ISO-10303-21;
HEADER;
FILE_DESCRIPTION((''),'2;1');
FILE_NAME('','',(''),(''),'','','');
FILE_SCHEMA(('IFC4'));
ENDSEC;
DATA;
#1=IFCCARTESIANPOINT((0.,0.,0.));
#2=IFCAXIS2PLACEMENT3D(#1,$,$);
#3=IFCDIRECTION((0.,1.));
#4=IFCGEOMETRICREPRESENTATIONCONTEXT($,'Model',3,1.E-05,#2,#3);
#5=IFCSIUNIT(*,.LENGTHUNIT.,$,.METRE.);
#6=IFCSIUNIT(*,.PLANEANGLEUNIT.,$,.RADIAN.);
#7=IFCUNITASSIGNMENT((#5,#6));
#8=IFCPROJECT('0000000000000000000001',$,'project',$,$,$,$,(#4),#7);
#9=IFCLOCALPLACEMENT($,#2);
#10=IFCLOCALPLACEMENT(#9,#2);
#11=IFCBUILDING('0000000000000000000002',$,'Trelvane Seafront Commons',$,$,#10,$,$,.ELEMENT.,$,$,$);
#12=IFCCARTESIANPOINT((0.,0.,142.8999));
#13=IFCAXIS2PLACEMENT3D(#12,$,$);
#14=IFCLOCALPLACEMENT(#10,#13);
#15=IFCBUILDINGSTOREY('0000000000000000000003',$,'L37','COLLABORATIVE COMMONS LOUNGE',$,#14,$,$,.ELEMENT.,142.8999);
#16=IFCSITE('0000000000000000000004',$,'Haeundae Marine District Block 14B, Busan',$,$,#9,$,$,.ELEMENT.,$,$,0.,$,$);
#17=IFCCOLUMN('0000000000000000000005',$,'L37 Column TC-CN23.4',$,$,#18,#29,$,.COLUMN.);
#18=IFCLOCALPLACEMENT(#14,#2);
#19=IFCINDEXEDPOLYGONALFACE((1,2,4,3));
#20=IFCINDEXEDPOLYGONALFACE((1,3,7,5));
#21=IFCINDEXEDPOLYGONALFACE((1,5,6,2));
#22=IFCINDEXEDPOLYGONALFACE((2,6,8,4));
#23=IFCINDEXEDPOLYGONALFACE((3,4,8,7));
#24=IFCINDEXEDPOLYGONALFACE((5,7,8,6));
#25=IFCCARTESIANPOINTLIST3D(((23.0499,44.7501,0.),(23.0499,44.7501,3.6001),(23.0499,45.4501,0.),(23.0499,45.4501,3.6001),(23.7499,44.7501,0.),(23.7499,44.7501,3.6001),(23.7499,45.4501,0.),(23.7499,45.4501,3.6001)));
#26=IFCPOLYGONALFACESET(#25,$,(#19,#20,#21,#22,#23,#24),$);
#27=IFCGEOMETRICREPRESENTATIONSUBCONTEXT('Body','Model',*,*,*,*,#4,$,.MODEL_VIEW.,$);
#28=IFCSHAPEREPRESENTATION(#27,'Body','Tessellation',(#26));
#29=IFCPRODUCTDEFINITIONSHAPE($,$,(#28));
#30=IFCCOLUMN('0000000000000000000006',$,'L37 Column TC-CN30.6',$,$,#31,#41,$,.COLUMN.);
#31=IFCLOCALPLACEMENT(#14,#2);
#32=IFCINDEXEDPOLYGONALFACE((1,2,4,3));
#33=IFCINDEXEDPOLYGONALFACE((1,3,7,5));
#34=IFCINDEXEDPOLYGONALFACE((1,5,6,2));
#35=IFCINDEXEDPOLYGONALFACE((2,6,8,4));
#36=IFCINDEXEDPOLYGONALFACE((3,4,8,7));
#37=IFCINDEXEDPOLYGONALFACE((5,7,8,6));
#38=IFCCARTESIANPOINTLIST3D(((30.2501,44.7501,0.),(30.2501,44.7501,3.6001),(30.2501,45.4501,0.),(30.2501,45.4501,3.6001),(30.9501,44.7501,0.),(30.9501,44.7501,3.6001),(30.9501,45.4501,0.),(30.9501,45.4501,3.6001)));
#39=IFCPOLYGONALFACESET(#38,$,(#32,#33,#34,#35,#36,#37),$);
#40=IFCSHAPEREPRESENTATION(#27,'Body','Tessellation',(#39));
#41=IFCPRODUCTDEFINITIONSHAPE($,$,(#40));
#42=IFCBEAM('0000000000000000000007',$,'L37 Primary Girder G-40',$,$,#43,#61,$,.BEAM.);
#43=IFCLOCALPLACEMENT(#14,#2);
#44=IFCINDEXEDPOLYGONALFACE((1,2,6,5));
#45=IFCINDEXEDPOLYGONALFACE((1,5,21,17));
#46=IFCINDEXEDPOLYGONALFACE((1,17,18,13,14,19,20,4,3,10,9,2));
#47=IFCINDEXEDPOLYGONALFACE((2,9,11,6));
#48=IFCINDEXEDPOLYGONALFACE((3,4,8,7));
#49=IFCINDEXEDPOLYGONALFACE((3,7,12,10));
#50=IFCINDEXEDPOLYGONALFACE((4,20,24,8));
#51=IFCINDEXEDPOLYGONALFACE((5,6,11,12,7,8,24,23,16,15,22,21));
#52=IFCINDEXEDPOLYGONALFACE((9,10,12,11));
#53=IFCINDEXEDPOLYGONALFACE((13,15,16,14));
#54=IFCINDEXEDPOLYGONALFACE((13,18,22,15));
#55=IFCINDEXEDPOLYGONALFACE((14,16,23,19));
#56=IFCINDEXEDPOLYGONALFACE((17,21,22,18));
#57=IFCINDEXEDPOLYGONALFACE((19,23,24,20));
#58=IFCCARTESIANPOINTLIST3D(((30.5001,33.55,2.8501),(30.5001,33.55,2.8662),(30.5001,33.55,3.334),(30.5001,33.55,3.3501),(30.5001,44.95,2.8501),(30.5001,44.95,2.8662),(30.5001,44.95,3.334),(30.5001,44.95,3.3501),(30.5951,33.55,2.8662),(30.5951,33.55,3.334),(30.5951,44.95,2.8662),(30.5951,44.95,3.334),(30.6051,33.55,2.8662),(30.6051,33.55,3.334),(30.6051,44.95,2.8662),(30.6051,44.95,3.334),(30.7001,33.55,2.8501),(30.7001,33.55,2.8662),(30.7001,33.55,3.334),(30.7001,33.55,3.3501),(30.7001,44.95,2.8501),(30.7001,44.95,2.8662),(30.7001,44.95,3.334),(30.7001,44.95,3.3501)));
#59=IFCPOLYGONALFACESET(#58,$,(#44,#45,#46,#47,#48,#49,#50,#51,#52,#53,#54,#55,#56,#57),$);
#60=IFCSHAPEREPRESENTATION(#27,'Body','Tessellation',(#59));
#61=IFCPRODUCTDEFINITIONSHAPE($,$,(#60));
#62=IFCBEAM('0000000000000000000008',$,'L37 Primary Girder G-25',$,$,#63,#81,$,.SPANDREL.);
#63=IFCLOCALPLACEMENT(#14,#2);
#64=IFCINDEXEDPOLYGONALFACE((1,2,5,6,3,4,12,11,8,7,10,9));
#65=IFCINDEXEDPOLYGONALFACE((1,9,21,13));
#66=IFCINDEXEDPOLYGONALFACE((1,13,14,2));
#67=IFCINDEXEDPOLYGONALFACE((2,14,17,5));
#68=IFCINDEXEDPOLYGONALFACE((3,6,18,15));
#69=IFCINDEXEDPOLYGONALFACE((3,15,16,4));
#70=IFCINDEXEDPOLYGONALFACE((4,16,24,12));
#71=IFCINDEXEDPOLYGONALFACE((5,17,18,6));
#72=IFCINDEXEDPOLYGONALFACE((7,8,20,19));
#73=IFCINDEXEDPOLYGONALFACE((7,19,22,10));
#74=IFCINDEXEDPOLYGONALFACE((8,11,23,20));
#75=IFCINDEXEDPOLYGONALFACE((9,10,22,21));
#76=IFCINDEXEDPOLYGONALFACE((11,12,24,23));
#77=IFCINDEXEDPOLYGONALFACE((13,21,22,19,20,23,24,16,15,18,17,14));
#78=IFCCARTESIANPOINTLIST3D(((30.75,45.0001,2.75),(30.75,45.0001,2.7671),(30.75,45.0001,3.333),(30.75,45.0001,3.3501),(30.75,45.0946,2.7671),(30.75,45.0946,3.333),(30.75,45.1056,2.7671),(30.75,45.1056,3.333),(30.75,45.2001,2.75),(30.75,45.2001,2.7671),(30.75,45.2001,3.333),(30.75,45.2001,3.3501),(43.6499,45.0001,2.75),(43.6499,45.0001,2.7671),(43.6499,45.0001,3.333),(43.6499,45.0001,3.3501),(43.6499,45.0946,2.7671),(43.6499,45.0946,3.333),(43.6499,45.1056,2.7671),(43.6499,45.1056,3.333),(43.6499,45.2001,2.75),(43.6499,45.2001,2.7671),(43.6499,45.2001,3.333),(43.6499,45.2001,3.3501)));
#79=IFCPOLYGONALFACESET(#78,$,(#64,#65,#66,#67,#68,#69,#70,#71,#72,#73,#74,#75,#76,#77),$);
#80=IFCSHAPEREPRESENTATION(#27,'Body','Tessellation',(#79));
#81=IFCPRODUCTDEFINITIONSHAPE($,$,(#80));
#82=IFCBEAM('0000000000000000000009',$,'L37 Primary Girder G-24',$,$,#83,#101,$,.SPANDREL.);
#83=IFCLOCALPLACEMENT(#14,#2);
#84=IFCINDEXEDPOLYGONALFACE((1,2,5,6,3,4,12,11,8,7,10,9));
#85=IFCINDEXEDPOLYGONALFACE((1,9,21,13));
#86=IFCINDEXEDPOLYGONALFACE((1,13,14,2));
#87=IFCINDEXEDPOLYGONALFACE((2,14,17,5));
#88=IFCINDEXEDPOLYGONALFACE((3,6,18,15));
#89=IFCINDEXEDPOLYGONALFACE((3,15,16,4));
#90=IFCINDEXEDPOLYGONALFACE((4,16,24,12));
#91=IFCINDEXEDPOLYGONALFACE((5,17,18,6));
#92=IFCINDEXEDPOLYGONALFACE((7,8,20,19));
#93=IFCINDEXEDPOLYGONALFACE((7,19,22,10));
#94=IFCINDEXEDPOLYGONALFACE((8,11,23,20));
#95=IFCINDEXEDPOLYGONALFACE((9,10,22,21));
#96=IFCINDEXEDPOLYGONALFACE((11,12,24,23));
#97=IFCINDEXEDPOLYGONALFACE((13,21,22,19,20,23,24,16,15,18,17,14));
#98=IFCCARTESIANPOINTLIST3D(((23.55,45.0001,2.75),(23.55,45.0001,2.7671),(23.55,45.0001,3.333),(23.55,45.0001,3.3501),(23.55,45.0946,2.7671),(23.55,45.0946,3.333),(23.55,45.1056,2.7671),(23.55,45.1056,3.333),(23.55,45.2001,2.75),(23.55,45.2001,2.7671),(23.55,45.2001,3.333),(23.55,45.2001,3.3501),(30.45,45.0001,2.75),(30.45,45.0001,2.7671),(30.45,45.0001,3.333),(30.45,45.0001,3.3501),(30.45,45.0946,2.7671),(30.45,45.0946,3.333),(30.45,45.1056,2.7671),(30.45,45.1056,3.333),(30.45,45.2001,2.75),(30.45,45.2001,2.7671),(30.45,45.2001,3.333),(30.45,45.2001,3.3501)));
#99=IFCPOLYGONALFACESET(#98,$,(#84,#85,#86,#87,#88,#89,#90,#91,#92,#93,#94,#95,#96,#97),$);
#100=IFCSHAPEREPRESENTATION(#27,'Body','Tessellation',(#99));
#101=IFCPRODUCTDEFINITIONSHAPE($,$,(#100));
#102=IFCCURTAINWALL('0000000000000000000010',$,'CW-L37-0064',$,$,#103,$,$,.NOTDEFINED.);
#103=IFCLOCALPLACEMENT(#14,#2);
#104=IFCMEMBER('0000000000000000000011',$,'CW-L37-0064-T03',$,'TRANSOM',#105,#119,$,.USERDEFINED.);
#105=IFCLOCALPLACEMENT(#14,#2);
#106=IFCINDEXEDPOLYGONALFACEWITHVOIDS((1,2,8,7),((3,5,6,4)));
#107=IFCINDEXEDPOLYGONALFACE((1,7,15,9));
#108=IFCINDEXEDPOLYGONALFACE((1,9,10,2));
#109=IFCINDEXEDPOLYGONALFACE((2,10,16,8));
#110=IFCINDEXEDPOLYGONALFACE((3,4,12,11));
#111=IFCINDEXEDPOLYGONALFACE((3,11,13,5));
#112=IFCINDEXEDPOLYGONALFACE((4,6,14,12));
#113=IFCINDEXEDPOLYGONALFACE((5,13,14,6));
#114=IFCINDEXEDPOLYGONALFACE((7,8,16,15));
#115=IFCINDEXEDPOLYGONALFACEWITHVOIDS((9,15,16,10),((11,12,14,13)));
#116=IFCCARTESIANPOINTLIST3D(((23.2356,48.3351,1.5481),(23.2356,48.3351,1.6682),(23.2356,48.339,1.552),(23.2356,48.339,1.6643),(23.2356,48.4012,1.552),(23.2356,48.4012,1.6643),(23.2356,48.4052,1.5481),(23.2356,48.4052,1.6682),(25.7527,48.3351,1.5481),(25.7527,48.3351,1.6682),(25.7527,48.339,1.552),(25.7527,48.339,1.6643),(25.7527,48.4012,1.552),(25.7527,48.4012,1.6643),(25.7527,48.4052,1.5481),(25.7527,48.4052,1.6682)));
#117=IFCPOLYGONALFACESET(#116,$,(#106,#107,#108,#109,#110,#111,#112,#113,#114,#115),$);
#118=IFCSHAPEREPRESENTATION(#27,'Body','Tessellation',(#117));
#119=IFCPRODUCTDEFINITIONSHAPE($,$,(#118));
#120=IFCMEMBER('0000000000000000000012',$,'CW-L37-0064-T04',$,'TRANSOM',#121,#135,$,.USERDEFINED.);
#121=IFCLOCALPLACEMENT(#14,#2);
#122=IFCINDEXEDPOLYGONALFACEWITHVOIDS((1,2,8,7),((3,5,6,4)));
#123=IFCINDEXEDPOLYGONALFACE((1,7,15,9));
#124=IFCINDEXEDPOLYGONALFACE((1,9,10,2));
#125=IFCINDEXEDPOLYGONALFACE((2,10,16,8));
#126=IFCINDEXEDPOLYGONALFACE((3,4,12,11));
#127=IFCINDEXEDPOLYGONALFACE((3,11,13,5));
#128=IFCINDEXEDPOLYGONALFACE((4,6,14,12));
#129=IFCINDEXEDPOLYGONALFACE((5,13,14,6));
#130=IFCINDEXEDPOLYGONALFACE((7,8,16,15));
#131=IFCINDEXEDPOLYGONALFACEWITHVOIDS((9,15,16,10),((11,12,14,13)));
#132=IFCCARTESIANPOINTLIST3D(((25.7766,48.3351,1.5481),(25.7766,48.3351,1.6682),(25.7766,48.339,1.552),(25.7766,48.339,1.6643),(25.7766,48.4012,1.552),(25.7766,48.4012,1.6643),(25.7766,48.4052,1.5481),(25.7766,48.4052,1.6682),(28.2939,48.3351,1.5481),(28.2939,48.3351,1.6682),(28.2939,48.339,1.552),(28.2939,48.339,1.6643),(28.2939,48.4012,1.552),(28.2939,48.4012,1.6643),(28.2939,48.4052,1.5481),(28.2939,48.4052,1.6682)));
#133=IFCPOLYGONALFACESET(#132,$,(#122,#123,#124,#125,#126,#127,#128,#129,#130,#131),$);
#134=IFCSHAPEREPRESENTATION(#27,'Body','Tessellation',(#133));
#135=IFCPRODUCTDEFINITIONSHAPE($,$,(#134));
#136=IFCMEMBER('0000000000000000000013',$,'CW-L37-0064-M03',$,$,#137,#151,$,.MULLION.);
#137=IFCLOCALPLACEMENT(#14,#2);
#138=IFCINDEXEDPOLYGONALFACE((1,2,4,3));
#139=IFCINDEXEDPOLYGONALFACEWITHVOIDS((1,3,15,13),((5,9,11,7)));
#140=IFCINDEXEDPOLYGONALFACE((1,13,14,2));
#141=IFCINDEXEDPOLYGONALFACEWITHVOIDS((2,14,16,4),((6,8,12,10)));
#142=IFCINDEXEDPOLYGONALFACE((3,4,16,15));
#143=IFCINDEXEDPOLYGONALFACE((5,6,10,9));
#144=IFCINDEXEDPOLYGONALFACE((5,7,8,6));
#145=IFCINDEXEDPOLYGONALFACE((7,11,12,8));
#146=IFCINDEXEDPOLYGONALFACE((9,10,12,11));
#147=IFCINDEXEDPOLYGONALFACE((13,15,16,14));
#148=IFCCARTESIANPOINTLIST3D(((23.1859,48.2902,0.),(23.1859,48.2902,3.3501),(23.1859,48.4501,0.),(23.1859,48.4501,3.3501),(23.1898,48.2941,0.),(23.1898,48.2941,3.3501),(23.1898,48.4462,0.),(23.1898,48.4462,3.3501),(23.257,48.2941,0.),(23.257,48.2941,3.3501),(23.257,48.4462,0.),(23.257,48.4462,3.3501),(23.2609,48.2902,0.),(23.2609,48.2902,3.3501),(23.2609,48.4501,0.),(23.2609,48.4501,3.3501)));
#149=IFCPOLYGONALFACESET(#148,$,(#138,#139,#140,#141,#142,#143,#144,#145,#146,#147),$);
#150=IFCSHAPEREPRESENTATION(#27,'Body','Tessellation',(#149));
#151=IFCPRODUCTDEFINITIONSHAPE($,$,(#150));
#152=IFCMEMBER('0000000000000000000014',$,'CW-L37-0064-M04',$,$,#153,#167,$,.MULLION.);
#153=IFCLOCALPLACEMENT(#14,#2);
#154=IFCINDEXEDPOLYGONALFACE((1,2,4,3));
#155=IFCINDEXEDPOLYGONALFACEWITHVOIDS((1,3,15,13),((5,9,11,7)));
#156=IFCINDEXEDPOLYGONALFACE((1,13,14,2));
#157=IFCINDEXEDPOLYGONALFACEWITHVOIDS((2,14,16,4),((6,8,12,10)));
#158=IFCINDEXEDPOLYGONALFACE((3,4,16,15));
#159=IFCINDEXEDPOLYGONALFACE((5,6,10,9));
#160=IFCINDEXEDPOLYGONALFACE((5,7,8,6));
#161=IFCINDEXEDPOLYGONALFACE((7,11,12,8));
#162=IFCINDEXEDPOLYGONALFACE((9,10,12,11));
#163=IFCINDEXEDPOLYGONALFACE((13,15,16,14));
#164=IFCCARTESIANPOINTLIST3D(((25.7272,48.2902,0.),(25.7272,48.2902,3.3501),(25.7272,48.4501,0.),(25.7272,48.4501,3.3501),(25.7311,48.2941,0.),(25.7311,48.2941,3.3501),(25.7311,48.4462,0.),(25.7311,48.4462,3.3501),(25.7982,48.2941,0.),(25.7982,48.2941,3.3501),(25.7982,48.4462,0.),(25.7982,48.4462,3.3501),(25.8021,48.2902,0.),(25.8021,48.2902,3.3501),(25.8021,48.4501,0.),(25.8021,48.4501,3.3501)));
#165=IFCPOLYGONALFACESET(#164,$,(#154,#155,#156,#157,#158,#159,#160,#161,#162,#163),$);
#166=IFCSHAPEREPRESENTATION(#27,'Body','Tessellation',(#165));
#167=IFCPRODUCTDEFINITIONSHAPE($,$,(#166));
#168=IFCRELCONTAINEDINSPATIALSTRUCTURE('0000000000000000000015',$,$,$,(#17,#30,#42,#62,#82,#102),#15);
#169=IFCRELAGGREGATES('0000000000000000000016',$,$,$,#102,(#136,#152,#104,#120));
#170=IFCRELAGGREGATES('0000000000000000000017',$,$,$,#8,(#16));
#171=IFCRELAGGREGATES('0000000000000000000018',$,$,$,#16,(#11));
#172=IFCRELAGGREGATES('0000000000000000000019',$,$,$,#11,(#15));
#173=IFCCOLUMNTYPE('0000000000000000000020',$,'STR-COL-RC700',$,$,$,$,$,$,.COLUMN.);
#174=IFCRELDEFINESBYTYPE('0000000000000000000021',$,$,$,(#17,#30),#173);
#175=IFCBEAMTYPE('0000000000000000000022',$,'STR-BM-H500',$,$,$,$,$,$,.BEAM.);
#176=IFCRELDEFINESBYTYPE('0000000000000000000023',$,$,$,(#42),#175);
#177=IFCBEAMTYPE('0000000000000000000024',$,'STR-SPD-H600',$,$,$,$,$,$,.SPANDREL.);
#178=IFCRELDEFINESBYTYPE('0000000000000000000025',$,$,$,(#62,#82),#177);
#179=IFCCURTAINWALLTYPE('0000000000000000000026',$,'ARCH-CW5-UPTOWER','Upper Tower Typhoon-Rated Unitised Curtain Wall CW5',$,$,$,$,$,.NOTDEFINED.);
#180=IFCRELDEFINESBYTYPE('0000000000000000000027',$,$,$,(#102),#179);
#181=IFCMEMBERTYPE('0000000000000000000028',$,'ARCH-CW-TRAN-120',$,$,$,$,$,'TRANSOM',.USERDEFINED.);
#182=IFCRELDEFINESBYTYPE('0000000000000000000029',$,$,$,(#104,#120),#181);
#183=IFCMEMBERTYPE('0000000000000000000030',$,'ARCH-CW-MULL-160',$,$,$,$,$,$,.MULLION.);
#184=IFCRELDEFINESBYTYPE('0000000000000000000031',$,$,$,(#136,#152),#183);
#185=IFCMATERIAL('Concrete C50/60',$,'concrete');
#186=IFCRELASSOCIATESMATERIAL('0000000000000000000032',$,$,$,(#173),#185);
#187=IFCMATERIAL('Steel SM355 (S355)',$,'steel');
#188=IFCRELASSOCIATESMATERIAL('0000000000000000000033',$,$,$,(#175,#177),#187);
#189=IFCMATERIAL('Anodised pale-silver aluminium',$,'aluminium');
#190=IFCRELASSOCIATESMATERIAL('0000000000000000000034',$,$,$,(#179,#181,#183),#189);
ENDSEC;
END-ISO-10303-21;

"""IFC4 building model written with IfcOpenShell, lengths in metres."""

from ifc_helpers import new_model, si_unit, direction, frame, origin, origin_2d, place, context, subcontext, project, spatial, rectangle, hollow_rectangle, i_section, extrude, source, transform, mapped, material, material_profile, profile_set, type_object, element, aggregate, save


model = new_model("IFC4")

# Units and contexts
model_context = context("Model", 3, precision=1e-05, world=origin(), true_north=direction((0.0, 1.0)))
body_context = subcontext(model_context, "Body", "Model", "MODEL_VIEW")
ifc_project = project(units=[si_unit("LENGTHUNIT", "METRE"), si_unit("PLANEANGLEUNIT", "RADIAN")], contexts=[model_context])

# Site, building, storey
site_placement = place(None, origin())
site = spatial("IfcSite", under=ifc_project, at=site_placement, Name="Haeundae Marine District Block 14B, Busan", CompositionType="ELEMENT", RefElevation=0.0)
building_placement = place(site_placement, origin())
building = spatial("IfcBuilding", under=site, at=building_placement, Name="Trelvane Seafront Commons", CompositionType="ELEMENT")
storey_placement = place(building_placement, frame((0.0, 0.0, 142.8999)))
storey = spatial("IfcBuildingStorey", under=building, at=storey_placement, Name="L37", Description="COLLABORATIVE COMMONS LOUNGE", CompositionType="ELEMENT", Elevation=142.8999)

# Columns
ifc_material_1 = material(Name="Concrete C50/60", Category="concrete")
ifc_material_profile_1 = material_profile(ifc_material_1, rectangle(XDim=0.7, YDim=0.7, at=origin_2d()), Name="RC-700x700")
ifc_profile_set_1 = profile_set([ifc_material_profile_1], Name="Concrete C50/60")
column_type = type_object("IfcColumnType", Name="STR-COL-RC700", PredefinedType="COLUMN", material=ifc_profile_set_1)
shared_shape_1 = source(origin(), body_context, "Body", "SweptSolid", [
    extrude(rectangle(XDim=0.7, YDim=0.7, at=origin_2d()), origin(), (0.0, 0.0, 1.0), 3.6001),
])
for number, where, z_axis, x_axis, name in (
    (1, (23.3999, 45.1001, 0.0), (0.0, 0.0, 1.0), (1.0, 0.0, 0.0), "L37 Column TC-CN23.4"),
    (2, (30.6001, 45.1001, 0.0), (0.0, 0.0, 1.0), (1.0, 0.0, 0.0), "L37 Column TC-CN30.6"),
):
    element("IfcColumn", number, at=place(storey_placement, frame(where, z_axis=z_axis, x_axis=x_axis)), inside=storey, type_object=column_type, Name=name, PredefinedType="COLUMN", context=body_context, shape_type="MappedRepresentation", body=[
        mapped(shared_shape_1, transform((0.0, 0.0, 0.0), x_axis=(1.0, 0.0, 0.0), y_axis=(0.0, 1.0, 0.0), z_axis=(0.0, 0.0, 1.0), scale=1.0)),
    ])

# Beams
ifc_material_2 = material(Name="Steel SM355 (S355)", Category="steel")
ifc_material_profile_2 = material_profile(ifc_material_2, i_section(OverallWidth=0.2, OverallDepth=0.5, WebThickness=0.01, FlangeThickness=0.0161, at=origin_2d()), Name="H-500x200x10x16")
ifc_profile_set_2 = profile_set([ifc_material_profile_2], Name="Steel SM355 (S355)")
beam_type_1 = type_object("IfcBeamType", Name="STR-BM-H500", PredefinedType="BEAM", material=ifc_profile_set_2)
shared_shape_2 = source(origin(), body_context, "Body", "SweptSolid", [
    extrude(i_section(OverallWidth=0.2, OverallDepth=0.5, WebThickness=0.01, FlangeThickness=0.0161, at=origin_2d()), origin(), (0.0, 0.0, 1.0), 11.3999),
])
beam_1_placement = place(storey_placement, frame((30.6001, 33.55, 3.1001), z_axis=(0.0, 1.0, 0.0), x_axis=(-1.0, 0.0, 0.0)))
element("IfcBeam", 3, at=beam_1_placement, inside=storey, type_object=beam_type_1, Name="L37 Primary Girder G-40", PredefinedType="BEAM", context=body_context, shape_type="MappedRepresentation", body=[
    mapped(shared_shape_2, transform((0.0, 0.0, 0.0), x_axis=(1.0, 0.0, 0.0), y_axis=(0.0, 1.0, 0.0), z_axis=(0.0, 0.0, 1.0), scale=1.0)),
])
ifc_material_profile_3 = material_profile(ifc_material_2, i_section(OverallWidth=0.2, OverallDepth=0.6001, WebThickness=0.011, FlangeThickness=0.0171, at=origin_2d()), Name="H-600x200x11x17")
ifc_profile_set_3 = profile_set([ifc_material_profile_3], Name="Steel SM355 (S355)")
beam_type_2 = type_object("IfcBeamType", Name="STR-SPD-H600", PredefinedType="SPANDREL", material=ifc_profile_set_3)
shared_shape_3 = source(origin(), body_context, "Body", "SweptSolid", [
    extrude(i_section(OverallWidth=0.2, OverallDepth=0.6001, WebThickness=0.011, FlangeThickness=0.0171, at=origin_2d()), origin(), (0.0, 0.0, 1.0), 12.8999),
])
beam_2_placement = place(storey_placement, frame((30.75, 45.1001, 3.05), z_axis=(1.0, 0.0, 0.0), x_axis=(0.0, 1.0, 0.0)))
element("IfcBeam", 4, at=beam_2_placement, inside=storey, type_object=beam_type_2, Name="L37 Primary Girder G-25", PredefinedType="SPANDREL", context=body_context, shape_type="MappedRepresentation", body=[
    mapped(shared_shape_3, transform((0.0, 0.0, 0.0), x_axis=(1.0, 0.0, 0.0), y_axis=(0.0, 1.0, 0.0), z_axis=(0.0, 0.0, 1.0), scale=1.0)),
])
shared_shape_4 = source(origin(), body_context, "Body", "SweptSolid", [
    extrude(i_section(OverallWidth=0.2, OverallDepth=0.6001, WebThickness=0.011, FlangeThickness=0.0171, at=origin_2d()), origin(), (0.0, 0.0, 1.0), 6.8999),
])
beam_3_placement = place(storey_placement, frame((23.55, 45.1001, 3.05), z_axis=(1.0, 0.0, 0.0), x_axis=(0.0, 1.0, 0.0)))
element("IfcBeam", 5, at=beam_3_placement, inside=storey, type_object=beam_type_2, Name="L37 Primary Girder G-24", PredefinedType="SPANDREL", context=body_context, shape_type="MappedRepresentation", body=[
    mapped(shared_shape_4, transform((0.0, 0.0, 0.0), x_axis=(1.0, 0.0, 0.0), y_axis=(0.0, 1.0, 0.0), z_axis=(0.0, 0.0, 1.0), scale=1.0)),
])

# Curtain wall, members
ifc_material_3 = material(Name="Anodised pale-silver aluminium", Category="aluminium")
curtain_wall_type = type_object("IfcCurtainWallType", Name="ARCH-CW5-UPTOWER", Description="Upper Tower Typhoon-Rated Unitised Curtain Wall CW5", PredefinedType="NOTDEFINED", material=ifc_material_3)
curtain_wall_placement = place(storey_placement, origin())
curtain_wall = element("IfcCurtainWall", 6, at=curtain_wall_placement, inside=storey, type_object=curtain_wall_type, Name="CW-L37-0064", PredefinedType="NOTDEFINED")
ifc_material_profile_4 = material_profile(ifc_material_3, hollow_rectangle(XDim=0.0701, YDim=0.1201, WallThickness=0.0039, at=origin_2d()), Name="TRAN-70x120x4")
ifc_profile_set_4 = profile_set([ifc_material_profile_4], Name="Anodised pale-silver aluminium")
member_type_1 = type_object("IfcMemberType", Name="ARCH-CW-TRAN-120", ElementType="TRANSOM", PredefinedType="USERDEFINED", material=ifc_profile_set_4)
shared_shape_5 = source(origin(), body_context, "Body", "SweptSolid", [
    extrude(hollow_rectangle(XDim=0.0701, YDim=0.1201, WallThickness=0.0039, at=origin_2d()), origin(), (0.0, 0.0, 1.0), 2.5171),
])
member_1_placement = place(storey_placement, frame((23.2356, 48.3701, 1.6082), z_axis=(1.0, 0.0, 0.0), x_axis=(0.0, 1.0, 0.0)))
member_1 = element("IfcMember", 7, at=member_1_placement, type_object=member_type_1, Name="CW-L37-0064-T03", ObjectType="TRANSOM", PredefinedType="USERDEFINED", context=body_context, shape_type="MappedRepresentation", body=[
    mapped(shared_shape_5, transform((0.0, 0.0, 0.0), x_axis=(1.0, 0.0, 0.0), y_axis=(0.0, 1.0, 0.0), z_axis=(0.0, 0.0, 1.0), scale=1.0)),
])
shared_shape_6 = source(origin(), body_context, "Body", "SweptSolid", [
    extrude(hollow_rectangle(XDim=0.0701, YDim=0.1201, WallThickness=0.0039, at=origin_2d()), origin(), (0.0, 0.0, 1.0), 2.5173),
])
member_2_placement = place(storey_placement, frame((25.7766, 48.3701, 1.6082), z_axis=(1.0, 0.0, 0.0), x_axis=(0.0, 1.0, 0.0)))
member_2 = element("IfcMember", 8, at=member_2_placement, type_object=member_type_1, Name="CW-L37-0064-T04", ObjectType="TRANSOM", PredefinedType="USERDEFINED", context=body_context, shape_type="MappedRepresentation", body=[
    mapped(shared_shape_6, transform((0.0, 0.0, 0.0), x_axis=(1.0, 0.0, 0.0), y_axis=(0.0, 1.0, 0.0), z_axis=(0.0, 0.0, 1.0), scale=1.0)),
])
ifc_material_profile_5 = material_profile(ifc_material_3, hollow_rectangle(XDim=0.075, YDim=0.1599, WallThickness=0.0039, at=origin_2d()), Name="MULL-75x160x4")
ifc_profile_set_5 = profile_set([ifc_material_profile_5], Name="Anodised pale-silver aluminium")
member_type_2 = type_object("IfcMemberType", Name="ARCH-CW-MULL-160", PredefinedType="MULLION", material=ifc_profile_set_5)
shared_shape_7 = source(origin(), body_context, "Body", "SweptSolid", [
    extrude(hollow_rectangle(XDim=0.075, YDim=0.1599, WallThickness=0.0039, at=origin_2d()), origin(), (0.0, 0.0, 1.0), 3.3501),
])
member_3_placement = place(storey_placement, frame((23.2234, 48.3701, 0.0), z_axis=(0.0, 0.0, 1.0), x_axis=(1.0, 0.0, 0.0)))
member_3 = element("IfcMember", 9, at=member_3_placement, type_object=member_type_2, Name="CW-L37-0064-M03", PredefinedType="MULLION", context=body_context, shape_type="MappedRepresentation", body=[
    mapped(shared_shape_7, transform((0.0, 0.0, 0.0), x_axis=(1.0, 0.0, 0.0), y_axis=(0.0, 1.0, 0.0), z_axis=(0.0, 0.0, 1.0), scale=1.0)),
])
member_4_placement = place(storey_placement, frame((25.7646, 48.3701, 0.0), z_axis=(0.0, 0.0, 1.0), x_axis=(1.0, 0.0, 0.0)))
member_4 = element("IfcMember", 10, at=member_4_placement, type_object=member_type_2, Name="CW-L37-0064-M04", PredefinedType="MULLION", context=body_context, shape_type="MappedRepresentation", body=[
    mapped(shared_shape_7, transform((0.0, 0.0, 0.0), x_axis=(1.0, 0.0, 0.0), y_axis=(0.0, 1.0, 0.0), z_axis=(0.0, 0.0, 1.0), scale=1.0)),
])
aggregate(curtain_wall, [member_3, member_4, member_1, member_2])

save(model, "model.ifc")
